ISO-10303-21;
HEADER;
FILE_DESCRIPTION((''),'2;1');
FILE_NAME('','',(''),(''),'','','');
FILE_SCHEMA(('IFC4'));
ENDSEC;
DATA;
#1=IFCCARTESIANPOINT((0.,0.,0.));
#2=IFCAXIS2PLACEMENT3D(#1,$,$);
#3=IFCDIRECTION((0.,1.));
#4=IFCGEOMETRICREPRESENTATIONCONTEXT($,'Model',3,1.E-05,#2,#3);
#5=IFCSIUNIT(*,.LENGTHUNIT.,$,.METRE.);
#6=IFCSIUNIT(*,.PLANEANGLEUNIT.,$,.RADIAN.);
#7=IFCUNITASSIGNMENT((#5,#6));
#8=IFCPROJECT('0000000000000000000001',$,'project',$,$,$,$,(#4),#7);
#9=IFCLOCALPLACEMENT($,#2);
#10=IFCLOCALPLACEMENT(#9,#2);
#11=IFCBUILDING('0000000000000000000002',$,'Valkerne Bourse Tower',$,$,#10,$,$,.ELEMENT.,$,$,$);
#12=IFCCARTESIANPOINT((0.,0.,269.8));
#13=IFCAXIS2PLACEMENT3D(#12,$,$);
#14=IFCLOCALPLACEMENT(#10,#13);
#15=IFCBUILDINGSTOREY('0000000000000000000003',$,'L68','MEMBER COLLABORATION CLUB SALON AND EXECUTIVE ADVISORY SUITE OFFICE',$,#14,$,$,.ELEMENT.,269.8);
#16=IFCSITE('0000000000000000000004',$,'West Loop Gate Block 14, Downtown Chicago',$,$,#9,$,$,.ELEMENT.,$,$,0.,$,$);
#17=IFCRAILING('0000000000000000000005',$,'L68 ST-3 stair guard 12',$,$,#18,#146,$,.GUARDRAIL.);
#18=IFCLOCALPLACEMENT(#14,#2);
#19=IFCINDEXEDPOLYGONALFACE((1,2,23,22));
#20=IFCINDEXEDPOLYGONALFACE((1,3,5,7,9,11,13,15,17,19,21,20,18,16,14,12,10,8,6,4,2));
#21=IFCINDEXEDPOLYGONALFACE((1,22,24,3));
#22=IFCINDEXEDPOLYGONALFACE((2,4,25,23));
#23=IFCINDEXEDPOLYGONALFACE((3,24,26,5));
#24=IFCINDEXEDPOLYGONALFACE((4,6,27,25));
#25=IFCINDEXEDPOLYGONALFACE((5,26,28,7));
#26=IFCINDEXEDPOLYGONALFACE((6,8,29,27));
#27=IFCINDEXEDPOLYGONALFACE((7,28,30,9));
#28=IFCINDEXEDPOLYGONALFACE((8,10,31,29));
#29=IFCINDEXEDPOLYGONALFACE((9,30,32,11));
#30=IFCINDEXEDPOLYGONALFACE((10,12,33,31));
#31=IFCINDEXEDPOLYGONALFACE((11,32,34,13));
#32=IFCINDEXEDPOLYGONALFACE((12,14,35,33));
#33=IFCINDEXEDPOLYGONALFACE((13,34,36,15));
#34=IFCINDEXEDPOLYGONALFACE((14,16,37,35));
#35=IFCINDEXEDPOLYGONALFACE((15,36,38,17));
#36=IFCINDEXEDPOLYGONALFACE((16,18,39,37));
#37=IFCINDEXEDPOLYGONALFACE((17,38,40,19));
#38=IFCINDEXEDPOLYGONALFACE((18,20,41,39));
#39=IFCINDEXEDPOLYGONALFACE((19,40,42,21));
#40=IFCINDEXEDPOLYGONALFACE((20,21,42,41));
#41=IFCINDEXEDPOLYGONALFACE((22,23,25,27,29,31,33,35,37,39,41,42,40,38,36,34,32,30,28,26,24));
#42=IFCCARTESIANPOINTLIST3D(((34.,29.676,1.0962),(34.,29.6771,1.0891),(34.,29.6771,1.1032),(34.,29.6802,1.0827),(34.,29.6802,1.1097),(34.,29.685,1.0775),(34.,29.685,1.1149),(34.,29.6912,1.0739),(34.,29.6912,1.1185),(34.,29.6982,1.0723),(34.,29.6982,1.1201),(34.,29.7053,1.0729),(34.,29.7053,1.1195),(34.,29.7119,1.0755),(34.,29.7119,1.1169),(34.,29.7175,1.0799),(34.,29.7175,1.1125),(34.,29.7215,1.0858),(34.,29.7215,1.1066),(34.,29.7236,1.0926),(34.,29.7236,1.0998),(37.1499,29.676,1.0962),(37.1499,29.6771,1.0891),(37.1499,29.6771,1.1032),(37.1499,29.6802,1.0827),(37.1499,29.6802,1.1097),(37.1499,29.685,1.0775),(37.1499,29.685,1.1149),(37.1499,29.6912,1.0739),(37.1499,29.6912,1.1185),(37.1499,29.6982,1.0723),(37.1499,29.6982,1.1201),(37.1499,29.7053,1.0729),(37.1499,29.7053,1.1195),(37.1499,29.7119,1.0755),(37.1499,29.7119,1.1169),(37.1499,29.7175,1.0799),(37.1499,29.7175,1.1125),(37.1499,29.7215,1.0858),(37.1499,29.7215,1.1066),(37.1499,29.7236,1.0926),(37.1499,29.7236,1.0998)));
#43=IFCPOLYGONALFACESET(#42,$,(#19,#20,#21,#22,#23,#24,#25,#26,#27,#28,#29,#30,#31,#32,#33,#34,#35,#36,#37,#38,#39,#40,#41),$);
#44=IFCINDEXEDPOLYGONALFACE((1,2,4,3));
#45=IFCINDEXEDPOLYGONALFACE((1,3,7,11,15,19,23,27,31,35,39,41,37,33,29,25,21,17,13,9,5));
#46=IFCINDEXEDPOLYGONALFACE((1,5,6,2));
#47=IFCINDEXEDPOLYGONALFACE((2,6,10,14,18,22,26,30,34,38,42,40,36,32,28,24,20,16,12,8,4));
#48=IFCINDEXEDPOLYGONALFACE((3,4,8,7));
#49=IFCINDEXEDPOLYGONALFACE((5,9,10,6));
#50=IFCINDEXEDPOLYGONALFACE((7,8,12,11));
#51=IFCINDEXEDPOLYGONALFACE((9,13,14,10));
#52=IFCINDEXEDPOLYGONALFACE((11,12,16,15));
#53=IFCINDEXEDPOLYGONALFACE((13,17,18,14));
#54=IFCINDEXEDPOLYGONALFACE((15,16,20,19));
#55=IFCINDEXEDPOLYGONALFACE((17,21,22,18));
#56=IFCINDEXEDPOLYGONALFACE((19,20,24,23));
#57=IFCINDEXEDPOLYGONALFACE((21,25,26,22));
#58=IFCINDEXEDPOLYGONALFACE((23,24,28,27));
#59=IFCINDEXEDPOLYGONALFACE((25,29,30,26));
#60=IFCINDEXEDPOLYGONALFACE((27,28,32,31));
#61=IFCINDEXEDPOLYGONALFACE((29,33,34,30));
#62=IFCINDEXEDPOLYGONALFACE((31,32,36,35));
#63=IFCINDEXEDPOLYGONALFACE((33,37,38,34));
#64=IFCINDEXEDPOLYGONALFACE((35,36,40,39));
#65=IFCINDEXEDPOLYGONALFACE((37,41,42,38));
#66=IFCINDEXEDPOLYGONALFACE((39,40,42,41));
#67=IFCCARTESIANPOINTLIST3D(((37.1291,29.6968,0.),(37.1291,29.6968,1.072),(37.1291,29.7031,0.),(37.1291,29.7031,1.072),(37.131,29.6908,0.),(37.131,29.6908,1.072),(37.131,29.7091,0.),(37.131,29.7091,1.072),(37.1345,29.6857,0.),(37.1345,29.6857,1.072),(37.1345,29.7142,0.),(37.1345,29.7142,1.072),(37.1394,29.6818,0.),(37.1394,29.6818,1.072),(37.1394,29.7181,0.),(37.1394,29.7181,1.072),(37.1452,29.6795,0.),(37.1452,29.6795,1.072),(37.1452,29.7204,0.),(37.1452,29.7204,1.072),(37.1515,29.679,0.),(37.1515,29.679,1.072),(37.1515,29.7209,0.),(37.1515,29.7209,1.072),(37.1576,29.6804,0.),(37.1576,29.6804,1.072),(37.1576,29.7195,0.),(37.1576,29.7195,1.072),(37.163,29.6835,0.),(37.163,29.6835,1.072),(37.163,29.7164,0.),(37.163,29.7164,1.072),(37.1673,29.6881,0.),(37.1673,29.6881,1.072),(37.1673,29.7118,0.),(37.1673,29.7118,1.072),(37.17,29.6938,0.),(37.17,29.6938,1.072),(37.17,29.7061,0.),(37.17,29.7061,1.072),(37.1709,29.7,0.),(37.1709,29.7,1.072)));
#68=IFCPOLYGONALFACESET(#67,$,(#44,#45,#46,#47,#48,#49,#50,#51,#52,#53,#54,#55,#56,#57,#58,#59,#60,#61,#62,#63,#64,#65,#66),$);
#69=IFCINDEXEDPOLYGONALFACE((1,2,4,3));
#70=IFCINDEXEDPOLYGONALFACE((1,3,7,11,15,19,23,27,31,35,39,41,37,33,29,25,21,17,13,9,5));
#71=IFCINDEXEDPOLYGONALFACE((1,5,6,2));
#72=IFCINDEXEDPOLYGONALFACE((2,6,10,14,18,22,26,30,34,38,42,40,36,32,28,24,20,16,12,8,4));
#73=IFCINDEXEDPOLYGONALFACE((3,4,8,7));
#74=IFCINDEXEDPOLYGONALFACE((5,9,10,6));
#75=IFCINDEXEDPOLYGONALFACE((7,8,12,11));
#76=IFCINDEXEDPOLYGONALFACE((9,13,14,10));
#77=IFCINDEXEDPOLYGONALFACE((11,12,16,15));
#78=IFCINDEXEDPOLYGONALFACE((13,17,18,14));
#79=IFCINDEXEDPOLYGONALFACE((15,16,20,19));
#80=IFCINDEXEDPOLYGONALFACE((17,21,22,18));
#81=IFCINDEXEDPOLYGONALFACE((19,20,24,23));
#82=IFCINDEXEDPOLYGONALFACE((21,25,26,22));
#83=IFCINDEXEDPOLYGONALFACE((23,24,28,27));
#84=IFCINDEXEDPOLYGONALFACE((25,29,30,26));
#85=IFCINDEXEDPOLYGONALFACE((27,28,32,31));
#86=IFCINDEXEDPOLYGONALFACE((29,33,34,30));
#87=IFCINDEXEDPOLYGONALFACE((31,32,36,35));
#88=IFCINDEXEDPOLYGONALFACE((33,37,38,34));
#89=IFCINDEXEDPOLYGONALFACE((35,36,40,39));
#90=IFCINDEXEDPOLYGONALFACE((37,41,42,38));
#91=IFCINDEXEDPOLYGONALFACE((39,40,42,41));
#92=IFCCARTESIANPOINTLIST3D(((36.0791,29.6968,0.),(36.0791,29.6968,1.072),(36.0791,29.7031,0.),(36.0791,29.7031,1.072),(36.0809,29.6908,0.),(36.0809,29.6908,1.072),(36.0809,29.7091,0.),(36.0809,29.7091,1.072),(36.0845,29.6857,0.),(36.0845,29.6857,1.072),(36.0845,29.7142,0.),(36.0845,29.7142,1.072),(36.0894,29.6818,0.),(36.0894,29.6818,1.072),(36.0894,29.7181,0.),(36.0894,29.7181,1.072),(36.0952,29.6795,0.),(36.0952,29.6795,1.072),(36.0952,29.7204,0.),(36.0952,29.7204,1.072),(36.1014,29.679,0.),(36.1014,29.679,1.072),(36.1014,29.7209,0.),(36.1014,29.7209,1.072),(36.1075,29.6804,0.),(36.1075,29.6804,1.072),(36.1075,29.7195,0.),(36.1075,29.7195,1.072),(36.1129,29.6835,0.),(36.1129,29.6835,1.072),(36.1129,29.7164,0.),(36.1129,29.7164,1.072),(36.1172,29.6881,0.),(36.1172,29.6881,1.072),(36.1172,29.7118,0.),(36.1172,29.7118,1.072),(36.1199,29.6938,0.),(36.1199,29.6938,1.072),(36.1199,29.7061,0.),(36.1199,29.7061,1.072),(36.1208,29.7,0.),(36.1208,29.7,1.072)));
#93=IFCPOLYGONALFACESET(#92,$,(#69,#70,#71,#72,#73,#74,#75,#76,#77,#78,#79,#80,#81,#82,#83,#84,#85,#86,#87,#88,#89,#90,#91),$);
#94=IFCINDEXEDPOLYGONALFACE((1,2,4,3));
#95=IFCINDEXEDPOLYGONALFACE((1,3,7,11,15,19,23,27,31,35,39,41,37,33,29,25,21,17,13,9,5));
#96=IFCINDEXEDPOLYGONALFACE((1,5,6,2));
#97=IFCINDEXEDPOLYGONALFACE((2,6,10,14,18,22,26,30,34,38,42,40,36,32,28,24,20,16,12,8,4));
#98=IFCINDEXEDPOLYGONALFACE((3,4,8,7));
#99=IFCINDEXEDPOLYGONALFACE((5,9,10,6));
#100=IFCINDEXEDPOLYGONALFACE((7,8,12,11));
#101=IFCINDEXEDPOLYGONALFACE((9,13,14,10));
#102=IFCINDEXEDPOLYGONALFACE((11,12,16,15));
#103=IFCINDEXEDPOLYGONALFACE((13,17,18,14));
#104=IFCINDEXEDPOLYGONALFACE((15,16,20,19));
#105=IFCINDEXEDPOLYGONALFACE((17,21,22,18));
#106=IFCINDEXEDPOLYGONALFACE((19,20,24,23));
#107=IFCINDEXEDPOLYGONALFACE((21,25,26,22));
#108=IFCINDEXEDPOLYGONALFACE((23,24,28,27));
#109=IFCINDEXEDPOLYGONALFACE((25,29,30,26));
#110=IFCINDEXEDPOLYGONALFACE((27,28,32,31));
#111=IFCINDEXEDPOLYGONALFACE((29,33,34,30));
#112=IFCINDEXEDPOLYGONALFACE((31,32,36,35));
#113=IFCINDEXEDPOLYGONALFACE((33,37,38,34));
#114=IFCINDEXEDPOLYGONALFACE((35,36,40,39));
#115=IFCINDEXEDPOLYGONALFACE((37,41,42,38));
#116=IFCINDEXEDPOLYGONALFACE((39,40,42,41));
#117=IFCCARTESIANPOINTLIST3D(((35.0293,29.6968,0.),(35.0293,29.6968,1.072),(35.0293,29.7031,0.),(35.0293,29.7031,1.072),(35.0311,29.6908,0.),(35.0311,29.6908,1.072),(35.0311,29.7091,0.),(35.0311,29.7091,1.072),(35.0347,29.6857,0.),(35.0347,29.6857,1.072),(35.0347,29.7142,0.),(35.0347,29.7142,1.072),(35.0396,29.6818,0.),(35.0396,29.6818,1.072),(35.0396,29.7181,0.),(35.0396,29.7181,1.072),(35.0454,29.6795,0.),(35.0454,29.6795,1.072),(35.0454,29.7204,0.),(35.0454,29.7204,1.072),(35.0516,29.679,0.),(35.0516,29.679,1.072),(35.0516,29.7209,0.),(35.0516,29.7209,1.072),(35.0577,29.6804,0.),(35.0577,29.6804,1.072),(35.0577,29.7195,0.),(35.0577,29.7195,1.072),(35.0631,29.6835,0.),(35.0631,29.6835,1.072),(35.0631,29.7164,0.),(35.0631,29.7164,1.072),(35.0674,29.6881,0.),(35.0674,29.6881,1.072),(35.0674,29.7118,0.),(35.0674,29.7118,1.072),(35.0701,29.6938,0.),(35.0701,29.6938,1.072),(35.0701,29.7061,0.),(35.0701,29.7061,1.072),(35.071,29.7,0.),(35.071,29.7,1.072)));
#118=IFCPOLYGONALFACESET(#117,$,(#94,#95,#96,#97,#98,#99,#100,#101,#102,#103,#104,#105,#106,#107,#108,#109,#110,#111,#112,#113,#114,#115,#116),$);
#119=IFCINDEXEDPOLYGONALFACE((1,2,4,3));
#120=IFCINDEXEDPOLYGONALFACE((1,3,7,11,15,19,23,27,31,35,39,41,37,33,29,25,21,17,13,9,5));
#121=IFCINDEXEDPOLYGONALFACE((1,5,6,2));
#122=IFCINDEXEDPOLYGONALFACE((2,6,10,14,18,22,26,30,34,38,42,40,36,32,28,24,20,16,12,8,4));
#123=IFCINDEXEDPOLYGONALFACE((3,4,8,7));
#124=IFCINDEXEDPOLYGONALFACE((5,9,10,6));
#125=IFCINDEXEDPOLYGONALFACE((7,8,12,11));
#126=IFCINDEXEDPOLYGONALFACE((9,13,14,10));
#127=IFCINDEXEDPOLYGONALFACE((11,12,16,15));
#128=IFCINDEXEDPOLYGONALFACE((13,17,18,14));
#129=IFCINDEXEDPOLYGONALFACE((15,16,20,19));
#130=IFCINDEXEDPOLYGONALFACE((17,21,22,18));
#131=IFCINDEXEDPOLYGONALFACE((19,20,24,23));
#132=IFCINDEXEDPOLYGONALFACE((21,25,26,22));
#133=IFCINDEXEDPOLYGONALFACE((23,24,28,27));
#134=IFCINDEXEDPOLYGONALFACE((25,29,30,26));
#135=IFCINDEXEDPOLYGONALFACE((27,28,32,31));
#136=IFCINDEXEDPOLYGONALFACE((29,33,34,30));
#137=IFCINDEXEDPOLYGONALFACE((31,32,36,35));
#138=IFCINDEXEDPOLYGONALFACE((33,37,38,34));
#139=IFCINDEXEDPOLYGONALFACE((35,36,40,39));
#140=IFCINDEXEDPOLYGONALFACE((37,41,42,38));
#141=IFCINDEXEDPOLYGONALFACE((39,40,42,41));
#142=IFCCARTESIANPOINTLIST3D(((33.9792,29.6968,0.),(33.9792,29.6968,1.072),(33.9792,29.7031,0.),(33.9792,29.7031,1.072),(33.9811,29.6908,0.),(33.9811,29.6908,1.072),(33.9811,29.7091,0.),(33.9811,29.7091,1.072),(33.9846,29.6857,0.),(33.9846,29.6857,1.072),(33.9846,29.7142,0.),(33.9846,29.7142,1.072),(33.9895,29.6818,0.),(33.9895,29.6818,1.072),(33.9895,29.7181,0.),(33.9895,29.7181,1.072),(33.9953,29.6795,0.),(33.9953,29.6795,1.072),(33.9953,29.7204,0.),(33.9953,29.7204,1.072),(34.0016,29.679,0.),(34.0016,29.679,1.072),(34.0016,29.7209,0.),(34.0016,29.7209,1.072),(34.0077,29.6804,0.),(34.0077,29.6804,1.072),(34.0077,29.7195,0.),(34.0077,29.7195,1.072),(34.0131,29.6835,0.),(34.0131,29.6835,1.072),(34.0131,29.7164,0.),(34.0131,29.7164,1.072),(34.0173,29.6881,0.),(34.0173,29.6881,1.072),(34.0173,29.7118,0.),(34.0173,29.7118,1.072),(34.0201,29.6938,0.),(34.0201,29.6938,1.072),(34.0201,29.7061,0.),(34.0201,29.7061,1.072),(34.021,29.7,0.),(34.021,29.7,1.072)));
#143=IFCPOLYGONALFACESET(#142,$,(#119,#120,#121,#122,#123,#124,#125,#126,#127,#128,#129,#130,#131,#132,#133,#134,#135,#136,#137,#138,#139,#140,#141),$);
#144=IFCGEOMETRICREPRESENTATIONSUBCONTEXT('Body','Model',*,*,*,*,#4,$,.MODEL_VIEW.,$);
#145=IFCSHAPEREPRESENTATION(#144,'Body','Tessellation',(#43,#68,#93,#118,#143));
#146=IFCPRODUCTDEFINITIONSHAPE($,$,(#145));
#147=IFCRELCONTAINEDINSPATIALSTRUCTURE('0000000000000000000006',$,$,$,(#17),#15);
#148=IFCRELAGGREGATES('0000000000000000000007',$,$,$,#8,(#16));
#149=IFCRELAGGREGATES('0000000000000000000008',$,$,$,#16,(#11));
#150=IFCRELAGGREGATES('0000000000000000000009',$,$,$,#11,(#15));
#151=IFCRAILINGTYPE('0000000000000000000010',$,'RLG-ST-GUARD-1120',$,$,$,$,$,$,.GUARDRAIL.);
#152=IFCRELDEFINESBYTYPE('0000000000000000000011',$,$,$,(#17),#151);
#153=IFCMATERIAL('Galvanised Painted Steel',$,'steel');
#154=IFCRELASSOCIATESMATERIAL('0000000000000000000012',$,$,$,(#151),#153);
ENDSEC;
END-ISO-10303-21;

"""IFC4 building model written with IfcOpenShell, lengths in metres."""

from ifc_helpers import new_model, si_unit, direction, frame, origin, origin_2d, place, context, subcontext, project, spatial, circle, extrude, material, type_object, element, save


model = new_model("IFC4")

# Units and contexts
model_context = context("Model", 3, precision=1e-05, world=origin(), true_north=direction((0.0, 1.0)))
body_context = subcontext(model_context, "Body", "Model", "MODEL_VIEW")
ifc_project = project(units=[si_unit("LENGTHUNIT", "METRE"), si_unit("PLANEANGLEUNIT", "RADIAN")], contexts=[model_context])

# Site, building, storey
site_placement = place(None, origin())
site = spatial("IfcSite", under=ifc_project, at=site_placement, Name="West Loop Gate Block 14, Downtown Chicago", CompositionType="ELEMENT", RefElevation=0.0)
building_placement = place(site_placement, origin())
building = spatial("IfcBuilding", under=site, at=building_placement, Name="Valkerne Bourse Tower", CompositionType="ELEMENT")
storey_placement = place(building_placement, frame((0.0, 0.0, 269.8)))
storey = spatial("IfcBuildingStorey", under=building, at=storey_placement, Name="L68", Description="MEMBER COLLABORATION CLUB SALON AND EXECUTIVE ADVISORY SUITE OFFICE", CompositionType="ELEMENT", Elevation=269.8)

# Railing
ifc_material_1 = material(Name="Galvanised Painted Steel", Category="steel")
railing_type_1 = type_object("IfcRailingType", Name="RLG-ST-GUARD-1120", PredefinedType="GUARDRAIL", material=ifc_material_1)
railing_1_placement = place(storey_placement, frame((37.1499, 29.7, 0.0)))
element("IfcRailing", 1, at=railing_1_placement, inside=storey, type_object=railing_type_1, Name="L68 ST-3 stair guard 12", PredefinedType="GUARDRAIL", context=body_context, shape_type="SweptSolid", body=[
    extrude(circle(Radius=0.0239, at=origin_2d()), frame((0.0, 0.0, 1.0962), z_axis=(-1.0, 0.0, 0.0), x_axis=(0.0, -1.0, 0.0)), (0.0, 0.0, 1.0), 3.1499),
    extrude(circle(Radius=0.021, at=origin_2d()), origin(), (0.0, 0.0, 1.0), 1.072),
    extrude(circle(Radius=0.021, at=origin_2d()), frame((-1.05, 0.0, 0.0)), (0.0, 0.0, 1.0), 1.072),
    extrude(circle(Radius=0.021, at=origin_2d()), frame((-2.0999, 0.0, 0.0)), (0.0, 0.0, 1.0), 1.072),
    extrude(circle(Radius=0.021, at=origin_2d()), frame((-3.1499, 0.0, 0.0)), (0.0, 0.0, 1.0), 1.072),
])

save(model, "model.ifc")
